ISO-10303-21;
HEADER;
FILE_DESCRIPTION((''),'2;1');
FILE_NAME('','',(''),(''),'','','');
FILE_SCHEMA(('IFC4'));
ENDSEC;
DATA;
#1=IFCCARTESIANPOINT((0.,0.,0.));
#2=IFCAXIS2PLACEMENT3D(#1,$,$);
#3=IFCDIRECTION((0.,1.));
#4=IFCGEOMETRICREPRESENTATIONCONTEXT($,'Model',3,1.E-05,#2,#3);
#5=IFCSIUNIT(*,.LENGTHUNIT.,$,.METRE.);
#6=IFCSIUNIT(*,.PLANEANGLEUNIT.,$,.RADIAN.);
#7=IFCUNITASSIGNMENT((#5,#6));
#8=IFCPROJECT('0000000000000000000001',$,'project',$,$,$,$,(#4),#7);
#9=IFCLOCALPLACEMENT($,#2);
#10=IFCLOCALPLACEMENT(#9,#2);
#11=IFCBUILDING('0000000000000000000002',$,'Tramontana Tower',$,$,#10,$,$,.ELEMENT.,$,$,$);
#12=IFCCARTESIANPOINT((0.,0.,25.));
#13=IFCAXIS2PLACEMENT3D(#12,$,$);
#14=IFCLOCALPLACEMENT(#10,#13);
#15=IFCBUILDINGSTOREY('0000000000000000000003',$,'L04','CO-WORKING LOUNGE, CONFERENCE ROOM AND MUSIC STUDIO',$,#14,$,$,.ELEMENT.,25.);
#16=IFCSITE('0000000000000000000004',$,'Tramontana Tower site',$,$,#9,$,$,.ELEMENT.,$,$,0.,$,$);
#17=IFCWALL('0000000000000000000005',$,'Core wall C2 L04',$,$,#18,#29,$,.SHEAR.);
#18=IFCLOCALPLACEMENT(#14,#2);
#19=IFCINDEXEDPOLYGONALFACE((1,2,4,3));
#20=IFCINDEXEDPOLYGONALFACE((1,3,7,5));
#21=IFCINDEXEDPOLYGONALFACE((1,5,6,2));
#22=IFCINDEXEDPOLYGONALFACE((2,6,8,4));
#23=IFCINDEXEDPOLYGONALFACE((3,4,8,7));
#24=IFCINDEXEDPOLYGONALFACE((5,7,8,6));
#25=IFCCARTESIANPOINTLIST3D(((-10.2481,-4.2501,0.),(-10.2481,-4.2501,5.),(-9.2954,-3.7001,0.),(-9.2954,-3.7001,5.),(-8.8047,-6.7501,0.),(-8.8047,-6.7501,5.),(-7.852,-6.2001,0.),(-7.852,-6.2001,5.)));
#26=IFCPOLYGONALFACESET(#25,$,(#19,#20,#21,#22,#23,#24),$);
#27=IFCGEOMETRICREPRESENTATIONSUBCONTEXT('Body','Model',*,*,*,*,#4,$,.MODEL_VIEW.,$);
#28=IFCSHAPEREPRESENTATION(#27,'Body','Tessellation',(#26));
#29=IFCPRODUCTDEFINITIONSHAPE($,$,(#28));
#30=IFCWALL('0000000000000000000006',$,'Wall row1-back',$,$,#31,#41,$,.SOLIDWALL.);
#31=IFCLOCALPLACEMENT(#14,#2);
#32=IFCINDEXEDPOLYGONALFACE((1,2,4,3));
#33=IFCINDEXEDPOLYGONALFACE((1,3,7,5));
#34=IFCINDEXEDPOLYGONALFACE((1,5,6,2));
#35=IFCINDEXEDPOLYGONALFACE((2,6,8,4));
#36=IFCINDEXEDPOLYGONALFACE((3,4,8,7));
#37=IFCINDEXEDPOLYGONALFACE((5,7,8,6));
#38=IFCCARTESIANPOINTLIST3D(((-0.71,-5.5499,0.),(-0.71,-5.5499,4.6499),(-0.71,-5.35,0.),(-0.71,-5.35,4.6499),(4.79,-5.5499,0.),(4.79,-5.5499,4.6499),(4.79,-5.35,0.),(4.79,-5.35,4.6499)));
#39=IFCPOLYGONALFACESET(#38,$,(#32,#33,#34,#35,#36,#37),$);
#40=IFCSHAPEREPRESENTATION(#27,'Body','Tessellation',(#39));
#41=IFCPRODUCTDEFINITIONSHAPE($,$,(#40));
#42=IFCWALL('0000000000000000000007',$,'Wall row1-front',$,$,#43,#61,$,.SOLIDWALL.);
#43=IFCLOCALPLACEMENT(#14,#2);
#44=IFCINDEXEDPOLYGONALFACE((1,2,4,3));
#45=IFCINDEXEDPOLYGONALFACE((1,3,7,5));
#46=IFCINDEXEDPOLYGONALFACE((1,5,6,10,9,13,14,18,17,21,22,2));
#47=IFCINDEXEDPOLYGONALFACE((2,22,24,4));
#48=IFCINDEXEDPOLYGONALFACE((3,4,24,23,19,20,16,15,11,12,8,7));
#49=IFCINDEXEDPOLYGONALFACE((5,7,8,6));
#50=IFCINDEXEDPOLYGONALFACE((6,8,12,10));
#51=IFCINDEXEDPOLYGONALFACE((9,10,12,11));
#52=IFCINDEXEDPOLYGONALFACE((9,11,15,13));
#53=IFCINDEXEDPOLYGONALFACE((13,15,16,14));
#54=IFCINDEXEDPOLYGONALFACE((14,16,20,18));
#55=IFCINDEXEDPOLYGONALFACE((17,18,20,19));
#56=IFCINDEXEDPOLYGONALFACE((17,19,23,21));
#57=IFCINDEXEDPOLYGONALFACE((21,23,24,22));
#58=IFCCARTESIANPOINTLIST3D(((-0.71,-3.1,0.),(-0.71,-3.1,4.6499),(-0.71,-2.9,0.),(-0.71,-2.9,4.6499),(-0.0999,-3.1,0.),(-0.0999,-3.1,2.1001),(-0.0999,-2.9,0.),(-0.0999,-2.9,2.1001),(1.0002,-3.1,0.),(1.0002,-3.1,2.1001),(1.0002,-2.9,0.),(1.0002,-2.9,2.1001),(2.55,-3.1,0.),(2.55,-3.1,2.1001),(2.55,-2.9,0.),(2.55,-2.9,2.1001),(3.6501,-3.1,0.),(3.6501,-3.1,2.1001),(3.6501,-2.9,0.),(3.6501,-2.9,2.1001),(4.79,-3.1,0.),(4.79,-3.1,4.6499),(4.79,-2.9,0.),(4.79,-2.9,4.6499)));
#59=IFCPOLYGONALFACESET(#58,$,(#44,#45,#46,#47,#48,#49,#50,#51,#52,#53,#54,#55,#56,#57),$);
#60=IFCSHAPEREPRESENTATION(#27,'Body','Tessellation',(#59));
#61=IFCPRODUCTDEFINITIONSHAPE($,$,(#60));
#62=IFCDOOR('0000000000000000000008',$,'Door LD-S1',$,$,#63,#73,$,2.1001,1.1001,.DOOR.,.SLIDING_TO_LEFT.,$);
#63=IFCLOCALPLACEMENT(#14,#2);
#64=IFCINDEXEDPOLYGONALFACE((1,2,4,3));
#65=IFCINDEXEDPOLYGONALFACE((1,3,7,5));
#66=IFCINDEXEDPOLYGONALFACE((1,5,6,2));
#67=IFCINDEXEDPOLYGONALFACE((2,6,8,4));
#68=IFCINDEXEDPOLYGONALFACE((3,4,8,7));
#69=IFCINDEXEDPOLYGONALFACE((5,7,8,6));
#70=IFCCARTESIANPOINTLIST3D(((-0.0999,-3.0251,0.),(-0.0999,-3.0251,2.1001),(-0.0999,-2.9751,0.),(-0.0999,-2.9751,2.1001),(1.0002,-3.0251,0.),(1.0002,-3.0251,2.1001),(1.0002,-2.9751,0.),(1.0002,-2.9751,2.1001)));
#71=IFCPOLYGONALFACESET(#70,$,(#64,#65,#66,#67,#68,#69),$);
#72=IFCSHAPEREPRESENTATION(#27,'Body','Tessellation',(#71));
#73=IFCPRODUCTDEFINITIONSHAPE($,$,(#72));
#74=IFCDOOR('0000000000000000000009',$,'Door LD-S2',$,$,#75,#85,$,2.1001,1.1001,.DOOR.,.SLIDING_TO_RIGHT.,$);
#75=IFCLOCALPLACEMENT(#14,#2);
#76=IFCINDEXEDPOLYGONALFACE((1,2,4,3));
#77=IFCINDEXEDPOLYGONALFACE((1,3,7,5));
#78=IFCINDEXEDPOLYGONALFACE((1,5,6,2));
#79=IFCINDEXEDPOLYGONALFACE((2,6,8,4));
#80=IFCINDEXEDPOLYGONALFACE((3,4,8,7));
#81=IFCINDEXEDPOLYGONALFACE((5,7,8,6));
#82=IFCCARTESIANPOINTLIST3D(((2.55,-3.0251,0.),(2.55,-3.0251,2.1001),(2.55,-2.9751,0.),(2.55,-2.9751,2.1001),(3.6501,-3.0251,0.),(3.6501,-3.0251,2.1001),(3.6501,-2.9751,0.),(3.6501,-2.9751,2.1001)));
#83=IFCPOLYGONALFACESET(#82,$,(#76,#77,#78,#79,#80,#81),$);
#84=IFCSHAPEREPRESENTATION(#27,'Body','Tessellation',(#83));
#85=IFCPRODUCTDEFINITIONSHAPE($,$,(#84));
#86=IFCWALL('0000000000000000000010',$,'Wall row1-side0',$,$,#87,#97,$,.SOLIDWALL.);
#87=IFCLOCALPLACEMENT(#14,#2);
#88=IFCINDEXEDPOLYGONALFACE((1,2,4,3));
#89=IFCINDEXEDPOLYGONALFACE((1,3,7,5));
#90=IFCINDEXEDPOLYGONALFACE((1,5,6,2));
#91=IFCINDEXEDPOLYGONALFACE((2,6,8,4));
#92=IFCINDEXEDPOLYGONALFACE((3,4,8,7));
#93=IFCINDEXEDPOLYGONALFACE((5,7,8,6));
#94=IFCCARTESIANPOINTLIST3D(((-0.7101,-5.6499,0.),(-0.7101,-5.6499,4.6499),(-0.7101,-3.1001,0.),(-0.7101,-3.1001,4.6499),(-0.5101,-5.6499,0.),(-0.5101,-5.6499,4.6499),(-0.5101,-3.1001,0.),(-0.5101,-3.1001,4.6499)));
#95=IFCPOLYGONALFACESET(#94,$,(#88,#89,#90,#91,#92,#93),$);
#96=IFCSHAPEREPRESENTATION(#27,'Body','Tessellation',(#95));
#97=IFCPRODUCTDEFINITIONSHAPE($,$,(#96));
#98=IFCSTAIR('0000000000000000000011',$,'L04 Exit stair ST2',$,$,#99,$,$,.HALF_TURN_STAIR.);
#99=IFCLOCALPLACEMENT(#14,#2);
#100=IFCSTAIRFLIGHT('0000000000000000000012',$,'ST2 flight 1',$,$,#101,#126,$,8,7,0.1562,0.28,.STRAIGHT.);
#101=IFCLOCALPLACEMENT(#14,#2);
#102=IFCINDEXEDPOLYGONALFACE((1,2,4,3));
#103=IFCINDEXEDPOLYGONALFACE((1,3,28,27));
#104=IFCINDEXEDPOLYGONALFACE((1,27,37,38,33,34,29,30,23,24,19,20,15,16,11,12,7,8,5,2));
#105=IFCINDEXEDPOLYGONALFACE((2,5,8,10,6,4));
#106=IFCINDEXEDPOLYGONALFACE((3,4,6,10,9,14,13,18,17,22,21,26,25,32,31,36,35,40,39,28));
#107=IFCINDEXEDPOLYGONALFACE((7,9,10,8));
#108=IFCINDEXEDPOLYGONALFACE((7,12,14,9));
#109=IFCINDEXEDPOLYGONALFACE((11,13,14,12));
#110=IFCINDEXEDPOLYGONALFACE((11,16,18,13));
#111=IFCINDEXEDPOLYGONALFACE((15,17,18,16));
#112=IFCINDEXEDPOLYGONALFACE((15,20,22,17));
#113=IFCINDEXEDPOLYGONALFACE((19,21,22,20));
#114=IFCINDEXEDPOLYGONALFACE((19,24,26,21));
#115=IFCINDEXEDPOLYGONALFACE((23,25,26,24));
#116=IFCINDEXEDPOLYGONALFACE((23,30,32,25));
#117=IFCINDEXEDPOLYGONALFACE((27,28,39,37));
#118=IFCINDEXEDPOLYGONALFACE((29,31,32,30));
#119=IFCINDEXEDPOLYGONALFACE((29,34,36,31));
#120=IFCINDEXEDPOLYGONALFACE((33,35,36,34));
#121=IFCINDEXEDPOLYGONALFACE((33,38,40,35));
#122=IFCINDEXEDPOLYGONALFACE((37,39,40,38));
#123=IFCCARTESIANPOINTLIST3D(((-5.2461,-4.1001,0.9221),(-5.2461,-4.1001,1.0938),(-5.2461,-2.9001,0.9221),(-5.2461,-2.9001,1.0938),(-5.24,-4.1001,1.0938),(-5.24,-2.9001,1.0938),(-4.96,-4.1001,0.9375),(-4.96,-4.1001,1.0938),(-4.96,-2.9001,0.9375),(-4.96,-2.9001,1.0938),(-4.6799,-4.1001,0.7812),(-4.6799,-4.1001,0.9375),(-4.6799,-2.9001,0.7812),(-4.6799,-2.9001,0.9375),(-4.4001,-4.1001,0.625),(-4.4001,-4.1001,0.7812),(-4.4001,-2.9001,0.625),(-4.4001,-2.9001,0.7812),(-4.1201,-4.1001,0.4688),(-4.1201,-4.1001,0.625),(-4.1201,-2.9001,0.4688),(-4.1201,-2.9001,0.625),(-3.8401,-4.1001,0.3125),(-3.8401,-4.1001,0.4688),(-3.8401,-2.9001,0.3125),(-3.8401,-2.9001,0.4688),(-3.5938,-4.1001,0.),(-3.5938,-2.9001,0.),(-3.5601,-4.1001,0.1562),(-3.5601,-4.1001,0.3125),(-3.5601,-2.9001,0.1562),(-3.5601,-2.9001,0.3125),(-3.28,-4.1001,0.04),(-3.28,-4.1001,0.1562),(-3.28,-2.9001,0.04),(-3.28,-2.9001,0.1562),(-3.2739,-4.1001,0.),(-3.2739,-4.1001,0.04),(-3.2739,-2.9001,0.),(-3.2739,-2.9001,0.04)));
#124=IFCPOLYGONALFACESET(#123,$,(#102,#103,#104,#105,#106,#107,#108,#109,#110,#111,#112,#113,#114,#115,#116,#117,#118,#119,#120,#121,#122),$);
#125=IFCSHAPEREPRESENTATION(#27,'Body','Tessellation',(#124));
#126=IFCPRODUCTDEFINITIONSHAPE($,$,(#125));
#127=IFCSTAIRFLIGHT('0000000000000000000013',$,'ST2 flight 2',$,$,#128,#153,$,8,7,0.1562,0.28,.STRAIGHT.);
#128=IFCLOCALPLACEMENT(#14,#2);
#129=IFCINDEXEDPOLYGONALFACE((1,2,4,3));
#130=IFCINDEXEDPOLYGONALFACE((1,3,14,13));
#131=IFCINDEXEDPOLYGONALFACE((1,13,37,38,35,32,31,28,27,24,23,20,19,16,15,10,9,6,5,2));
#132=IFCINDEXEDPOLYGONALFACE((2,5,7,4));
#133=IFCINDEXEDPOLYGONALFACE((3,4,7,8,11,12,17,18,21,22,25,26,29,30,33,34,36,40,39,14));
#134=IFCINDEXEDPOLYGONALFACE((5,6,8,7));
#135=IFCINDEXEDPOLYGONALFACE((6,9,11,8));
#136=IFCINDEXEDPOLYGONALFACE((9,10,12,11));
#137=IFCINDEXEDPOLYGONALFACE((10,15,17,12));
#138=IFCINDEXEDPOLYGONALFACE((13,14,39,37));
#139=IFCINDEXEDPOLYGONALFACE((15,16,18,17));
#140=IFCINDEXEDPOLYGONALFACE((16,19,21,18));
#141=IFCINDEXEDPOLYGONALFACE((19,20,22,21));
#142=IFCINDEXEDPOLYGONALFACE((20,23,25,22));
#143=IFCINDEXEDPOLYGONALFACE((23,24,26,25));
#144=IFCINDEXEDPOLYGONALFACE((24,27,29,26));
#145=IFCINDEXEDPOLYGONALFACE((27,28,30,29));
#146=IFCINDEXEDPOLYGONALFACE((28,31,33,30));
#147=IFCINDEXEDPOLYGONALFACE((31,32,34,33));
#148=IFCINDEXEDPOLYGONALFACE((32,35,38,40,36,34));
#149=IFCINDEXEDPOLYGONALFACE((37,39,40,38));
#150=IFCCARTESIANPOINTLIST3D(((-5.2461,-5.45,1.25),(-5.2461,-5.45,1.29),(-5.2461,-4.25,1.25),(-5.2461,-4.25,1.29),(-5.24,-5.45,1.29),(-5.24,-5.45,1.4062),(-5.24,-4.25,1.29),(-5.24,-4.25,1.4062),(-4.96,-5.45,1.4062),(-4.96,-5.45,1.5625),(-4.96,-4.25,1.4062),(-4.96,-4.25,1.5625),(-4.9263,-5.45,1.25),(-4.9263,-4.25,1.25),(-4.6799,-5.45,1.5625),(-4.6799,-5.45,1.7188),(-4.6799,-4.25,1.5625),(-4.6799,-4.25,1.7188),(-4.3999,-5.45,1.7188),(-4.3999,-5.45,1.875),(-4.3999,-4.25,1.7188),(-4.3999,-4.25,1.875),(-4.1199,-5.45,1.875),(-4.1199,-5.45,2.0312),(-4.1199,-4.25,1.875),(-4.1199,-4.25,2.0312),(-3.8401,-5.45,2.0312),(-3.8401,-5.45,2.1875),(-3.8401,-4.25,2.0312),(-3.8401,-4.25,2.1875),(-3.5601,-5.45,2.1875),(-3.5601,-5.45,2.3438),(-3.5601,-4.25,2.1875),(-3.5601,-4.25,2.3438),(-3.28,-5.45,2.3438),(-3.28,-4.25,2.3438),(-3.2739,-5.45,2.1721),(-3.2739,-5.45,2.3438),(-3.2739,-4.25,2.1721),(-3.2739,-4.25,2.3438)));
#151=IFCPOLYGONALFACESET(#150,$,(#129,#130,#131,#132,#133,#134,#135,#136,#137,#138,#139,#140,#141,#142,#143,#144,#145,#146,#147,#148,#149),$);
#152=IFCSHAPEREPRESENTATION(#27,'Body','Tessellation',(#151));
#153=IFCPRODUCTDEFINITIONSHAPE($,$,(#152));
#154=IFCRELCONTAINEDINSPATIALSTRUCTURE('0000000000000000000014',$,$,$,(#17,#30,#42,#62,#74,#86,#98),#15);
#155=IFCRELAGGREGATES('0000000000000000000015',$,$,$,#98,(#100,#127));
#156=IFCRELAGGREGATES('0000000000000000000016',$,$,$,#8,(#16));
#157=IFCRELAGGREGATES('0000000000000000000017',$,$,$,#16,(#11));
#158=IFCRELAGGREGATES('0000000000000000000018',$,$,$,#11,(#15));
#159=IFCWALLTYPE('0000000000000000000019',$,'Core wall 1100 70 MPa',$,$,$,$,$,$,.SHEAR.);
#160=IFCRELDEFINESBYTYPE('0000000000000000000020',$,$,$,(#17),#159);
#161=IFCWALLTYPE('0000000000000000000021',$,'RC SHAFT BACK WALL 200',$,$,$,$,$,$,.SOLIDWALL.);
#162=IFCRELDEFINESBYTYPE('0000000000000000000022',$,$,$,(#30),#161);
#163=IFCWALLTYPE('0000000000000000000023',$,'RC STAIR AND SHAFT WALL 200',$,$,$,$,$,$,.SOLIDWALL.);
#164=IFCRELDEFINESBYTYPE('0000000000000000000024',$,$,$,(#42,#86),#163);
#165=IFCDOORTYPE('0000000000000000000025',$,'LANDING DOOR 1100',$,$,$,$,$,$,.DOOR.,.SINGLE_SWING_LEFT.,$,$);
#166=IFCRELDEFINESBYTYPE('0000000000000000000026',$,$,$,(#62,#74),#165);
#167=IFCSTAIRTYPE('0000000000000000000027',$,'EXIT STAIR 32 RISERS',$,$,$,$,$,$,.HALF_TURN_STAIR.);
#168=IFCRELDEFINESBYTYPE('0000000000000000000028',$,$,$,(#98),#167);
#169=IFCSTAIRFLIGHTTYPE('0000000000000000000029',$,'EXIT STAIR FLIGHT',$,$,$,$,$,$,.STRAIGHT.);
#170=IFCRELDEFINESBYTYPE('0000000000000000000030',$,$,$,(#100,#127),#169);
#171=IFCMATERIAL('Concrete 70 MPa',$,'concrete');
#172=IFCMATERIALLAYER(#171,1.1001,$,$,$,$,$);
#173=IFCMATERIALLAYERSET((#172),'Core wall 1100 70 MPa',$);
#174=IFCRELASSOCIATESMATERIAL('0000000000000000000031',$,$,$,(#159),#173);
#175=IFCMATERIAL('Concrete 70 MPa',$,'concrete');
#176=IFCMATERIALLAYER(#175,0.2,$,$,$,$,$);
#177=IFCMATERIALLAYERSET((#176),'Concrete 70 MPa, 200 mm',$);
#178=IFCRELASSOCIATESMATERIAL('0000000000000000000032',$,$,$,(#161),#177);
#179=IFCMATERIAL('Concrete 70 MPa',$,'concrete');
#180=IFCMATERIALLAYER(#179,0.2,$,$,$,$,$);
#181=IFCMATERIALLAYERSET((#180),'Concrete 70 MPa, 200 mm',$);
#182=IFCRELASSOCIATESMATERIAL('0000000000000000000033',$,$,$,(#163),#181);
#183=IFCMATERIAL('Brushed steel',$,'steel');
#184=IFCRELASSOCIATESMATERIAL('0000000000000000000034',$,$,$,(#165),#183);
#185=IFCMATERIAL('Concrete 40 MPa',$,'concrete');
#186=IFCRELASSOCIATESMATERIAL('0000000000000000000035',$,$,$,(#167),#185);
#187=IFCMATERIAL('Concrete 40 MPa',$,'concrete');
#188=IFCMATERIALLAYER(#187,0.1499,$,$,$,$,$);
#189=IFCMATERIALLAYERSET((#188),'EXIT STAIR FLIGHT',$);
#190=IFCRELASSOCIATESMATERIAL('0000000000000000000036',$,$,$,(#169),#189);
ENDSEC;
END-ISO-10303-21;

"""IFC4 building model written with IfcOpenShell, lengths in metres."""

from ifc_helpers import new_model, si_unit, direction, frame, frame_2d, origin, place, context, subcontext, project, spatial, polyline, rectangle, outline, extrude, material, layer, layer_set, type_object, element, fill, aggregate, save


model = new_model("IFC4")

# Units and contexts
model_context = context("Model", 3, precision=1e-05, world=origin(), true_north=direction((0.0, 1.0)))
body_context = subcontext(model_context, "Body", "Model", "MODEL_VIEW")
ifc_project = project(units=[si_unit("LENGTHUNIT", "METRE"), si_unit("PLANEANGLEUNIT", "RADIAN")], contexts=[model_context])

# Site, building, storey
site_placement = place(None, origin())
site = spatial("IfcSite", under=ifc_project, at=site_placement, Name="Tramontana Tower site", CompositionType="ELEMENT", RefElevation=0.0)
building_placement = place(site_placement, origin())
building = spatial("IfcBuilding", under=site, at=building_placement, Name="Tramontana Tower", CompositionType="ELEMENT")
storey_placement = place(building_placement, frame((0.0, 0.0, 25.0)))
storey = spatial("IfcBuildingStorey", under=building, at=storey_placement, Name="L04", Description="CO-WORKING LOUNGE, CONFERENCE ROOM AND MUSIC STUDIO", CompositionType="ELEMENT", Elevation=25.0)

# Walls
ifc_material_1 = material(Name="Concrete 70 MPa", Category="concrete")
ifc_layer_1 = layer(ifc_material_1, 1.1001)
ifc_layer_set_1 = layer_set([ifc_layer_1], Name="Core wall 1100 70 MPa")
wall_type_1 = type_object("IfcWallType", Name="Core wall 1100 70 MPa", PredefinedType="SHEAR", material=ifc_layer_set_1)
wall_1_placement = place(storey_placement, frame((-9.7717, -3.9751, 0.0), z_axis=(0.0, 0.0, 1.0), x_axis=(0.499996, -0.866028, 0.0)))
element("IfcWall", 1, at=wall_1_placement, inside=storey, type_object=wall_type_1, Name="Core wall C2 L04", PredefinedType="SHEAR", context=body_context, shape_type="SweptSolid", body=[
    extrude(rectangle(XDim=2.8867, YDim=1.1001, at=frame_2d((1.4434, 0.0))), origin(), (0.0, 0.0, 1.0), 5.0),
])
ifc_material_2 = material(Name="Concrete 70 MPa", Category="concrete")
ifc_layer_2 = layer(ifc_material_2, 0.2)
ifc_layer_set_2 = layer_set([ifc_layer_2], Name="Concrete 70 MPa, 200 mm")
wall_type_2 = type_object("IfcWallType", Name="RC SHAFT BACK WALL 200", PredefinedType="SOLIDWALL", material=ifc_layer_set_2)
wall_2_placement = place(storey_placement, frame((-0.71, -5.45, 0.0), z_axis=(0.0, 0.0, 1.0), x_axis=(1.0, 0.0, 0.0)))
element("IfcWall", 2, at=wall_2_placement, inside=storey, type_object=wall_type_2, Name="Wall row1-back", PredefinedType="SOLIDWALL", context=body_context, shape_type="SweptSolid", body=[
    extrude(rectangle(XDim=5.5, YDim=0.2, at=frame_2d((2.75, 0.0))), origin(), (0.0, 0.0, 1.0), 4.6499),
])

# Wall, openings, doors
ifc_material_3 = material(Name="Concrete 70 MPa", Category="concrete")
ifc_layer_3 = layer(ifc_material_3, 0.2)
ifc_layer_set_3 = layer_set([ifc_layer_3], Name="Concrete 70 MPa, 200 mm")
wall_type_3 = type_object("IfcWallType", Name="RC STAIR AND SHAFT WALL 200", PredefinedType="SOLIDWALL", material=ifc_layer_set_3)
wall_3_placement = place(storey_placement, frame((-0.71, -3.0, 0.0), z_axis=(0.0, 0.0, 1.0), x_axis=(1.0, 0.0, 0.0)))
wall_3 = element("IfcWall", 3, at=wall_3_placement, inside=storey, type_object=wall_type_3, Name="Wall row1-front", PredefinedType="SOLIDWALL", context=body_context, shape_type="SweptSolid", body=[
    extrude(rectangle(XDim=5.5, YDim=0.2, at=frame_2d((2.75, 0.0))), origin(), (0.0, 0.0, 1.0), 4.6499),
])
opening_1_placement = place(wall_3_placement, frame((0.6101, 0.0, 0.0)))
opening_1 = element("IfcOpeningElement", 4, at=opening_1_placement, cuts=wall_3, PredefinedType="OPENING", context=body_context, shape_type="SweptSolid", body=[
    extrude(rectangle(XDim=1.1001, YDim=2.1001, at=frame_2d((0.55, 1.05))), frame((0.0, 0.1099, 0.0), z_axis=(0.0, -1.0, 0.0), x_axis=(1.0, 0.0, 0.0)), (0.0, 0.0, 1.0), 0.22),
])
opening_2_placement = place(wall_3_placement, frame((3.26, 0.0, 0.0)))
opening_2 = element("IfcOpeningElement", 5, at=opening_2_placement, cuts=wall_3, PredefinedType="OPENING", context=body_context, shape_type="SweptSolid", body=[
    extrude(rectangle(XDim=1.1001, YDim=2.1001, at=frame_2d((0.55, 1.05))), frame((0.0, 0.1099, 0.0), z_axis=(0.0, -1.0, 0.0), x_axis=(1.0, 0.0, 0.0)), (0.0, 0.0, 1.0), 0.22),
])
ifc_material_4 = material(Name="Brushed steel", Category="steel")
door_type = type_object("IfcDoorType", Name="LANDING DOOR 1100", OperationType="SINGLE_SWING_LEFT", PredefinedType="DOOR", material=ifc_material_4)
door_1_placement = place(opening_1_placement, origin())
door_1 = element("IfcDoor", 6, at=door_1_placement, inside=storey, type_object=door_type, Name="Door LD-S1", OperationType="SLIDING_TO_LEFT", OverallHeight=2.1001, OverallWidth=1.1001, PredefinedType="DOOR", context=body_context, shape_type="SweptSolid", body=[
    extrude(rectangle(XDim=1.1001, YDim=2.1001, at=frame_2d((0.55, 1.05))), frame((0.0, 0.0249, 0.0), z_axis=(0.0, -1.0, 0.0), x_axis=(1.0, 0.0, 0.0)), (0.0, 0.0, 1.0), 0.05),
])
fill(opening_1, door_1)
door_2_placement = place(opening_2_placement, origin())
door_2 = element("IfcDoor", 7, at=door_2_placement, inside=storey, type_object=door_type, Name="Door LD-S2", OperationType="SLIDING_TO_RIGHT", OverallHeight=2.1001, OverallWidth=1.1001, PredefinedType="DOOR", context=body_context, shape_type="SweptSolid", body=[
    extrude(rectangle(XDim=1.1001, YDim=2.1001, at=frame_2d((0.55, 1.05))), frame((0.0, 0.0249, 0.0), z_axis=(0.0, -1.0, 0.0), x_axis=(1.0, 0.0, 0.0)), (0.0, 0.0, 1.0), 0.05),
])
fill(opening_2, door_2)

# Wall
wall_4_placement = place(storey_placement, frame((-0.6101, -3.1001, 0.0), z_axis=(0.0, 0.0, 1.0), x_axis=(0.0, -1.0, 0.0)))
element("IfcWall", 8, at=wall_4_placement, inside=storey, type_object=wall_type_3, Name="Wall row1-side0", PredefinedType="SOLIDWALL", context=body_context, shape_type="SweptSolid", body=[
    extrude(rectangle(XDim=2.5498, YDim=0.2, at=frame_2d((1.2749, 0.0))), origin(), (0.0, 0.0, 1.0), 4.6499),
])

# Stair, stair flights
ifc_material_5 = material(Name="Concrete 40 MPa", Category="concrete")
stair_type = type_object("IfcStairType", Name="EXIT STAIR 32 RISERS", PredefinedType="HALF_TURN_STAIR", material=ifc_material_5)
stair_placement = place(storey_placement, origin())
stair = element("IfcStair", 9, at=stair_placement, inside=storey, type_object=stair_type, Name="L04 Exit stair ST2", PredefinedType="HALF_TURN_STAIR")
ifc_material_6 = material(Name="Concrete 40 MPa", Category="concrete")
ifc_layer_4 = layer(ifc_material_6, 0.1499)
ifc_layer_set_4 = layer_set([ifc_layer_4], Name="EXIT STAIR FLIGHT")
stair_flight_type = type_object("IfcStairFlightType", Name="EXIT STAIR FLIGHT", PredefinedType="STRAIGHT", material=ifc_layer_set_4)
stair_flight_1_placement = place(storey_placement, frame((-3.28, -3.5, 0.0), z_axis=(0.0, 0.0, 1.0), x_axis=(-1.0, 0.0, 0.0)))
stair_flight_1 = element("IfcStairFlight", 10, at=stair_flight_1_placement, type_object=stair_flight_type, Name="ST2 flight 1", NumberOfRisers=8, NumberOfTreads=7, PredefinedType="STRAIGHT", RiserHeight=0.1562, TreadLength=0.28, context=body_context, shape_type="SweptSolid", body=[
    extrude(outline(polyline([(-0.0061, 0.0), (-0.0061, 0.04), (0.0, 0.04), (0.0, 0.1562), (0.28, 0.1562), (0.28, 0.3125), (0.5601, 0.3125), (0.5601, 0.4688), (0.8401, 0.4688), (0.8401, 0.625), (1.1201, 0.625), (1.1201, 0.7812), (1.3999, 0.7812), (1.3999, 0.9375), (1.6799, 0.9375), (1.6799, 1.0938), (1.96, 1.0938), (1.9661, 1.0938), (1.9661, 0.9221), (0.3137, 0.0), (-0.0061, 0.0)])), frame((0.0, 0.6001, 0.0), z_axis=(0.0, -1.0, 0.0), x_axis=(1.0, 0.0, 0.0)), (0.0, 0.0, 1.0), 1.2),
])
stair_flight_2_placement = place(storey_placement, frame((-5.24, -4.8501, 1.25), z_axis=(0.0, 0.0, 1.0), x_axis=(1.0, 0.0, 0.0)))
stair_flight_2 = element("IfcStairFlight", 11, at=stair_flight_2_placement, type_object=stair_flight_type, Name="ST2 flight 2", NumberOfRisers=8, NumberOfTreads=7, PredefinedType="STRAIGHT", RiserHeight=0.1562, TreadLength=0.28, context=body_context, shape_type="SweptSolid", body=[
    extrude(outline(polyline([(-0.0061, 0.0), (-0.0061, 0.04), (0.0, 0.04), (0.0, 0.1562), (0.28, 0.1562), (0.28, 0.3125), (0.5601, 0.3125), (0.5601, 0.4688), (0.8401, 0.4688), (0.8401, 0.625), (1.1201, 0.625), (1.1201, 0.7812), (1.3999, 0.7812), (1.3999, 0.9375), (1.6799, 0.9375), (1.6799, 1.0938), (1.96, 1.0938), (1.9661, 1.0938), (1.9661, 0.9221), (0.3137, 0.0), (-0.0061, 0.0)])), frame((0.0, 0.6001, 0.0), z_axis=(0.0, -1.0, 0.0), x_axis=(1.0, 0.0, 0.0)), (0.0, 0.0, 1.0), 1.2),
])
aggregate(stair, [stair_flight_1, stair_flight_2])

save(model, "model.ifc")
